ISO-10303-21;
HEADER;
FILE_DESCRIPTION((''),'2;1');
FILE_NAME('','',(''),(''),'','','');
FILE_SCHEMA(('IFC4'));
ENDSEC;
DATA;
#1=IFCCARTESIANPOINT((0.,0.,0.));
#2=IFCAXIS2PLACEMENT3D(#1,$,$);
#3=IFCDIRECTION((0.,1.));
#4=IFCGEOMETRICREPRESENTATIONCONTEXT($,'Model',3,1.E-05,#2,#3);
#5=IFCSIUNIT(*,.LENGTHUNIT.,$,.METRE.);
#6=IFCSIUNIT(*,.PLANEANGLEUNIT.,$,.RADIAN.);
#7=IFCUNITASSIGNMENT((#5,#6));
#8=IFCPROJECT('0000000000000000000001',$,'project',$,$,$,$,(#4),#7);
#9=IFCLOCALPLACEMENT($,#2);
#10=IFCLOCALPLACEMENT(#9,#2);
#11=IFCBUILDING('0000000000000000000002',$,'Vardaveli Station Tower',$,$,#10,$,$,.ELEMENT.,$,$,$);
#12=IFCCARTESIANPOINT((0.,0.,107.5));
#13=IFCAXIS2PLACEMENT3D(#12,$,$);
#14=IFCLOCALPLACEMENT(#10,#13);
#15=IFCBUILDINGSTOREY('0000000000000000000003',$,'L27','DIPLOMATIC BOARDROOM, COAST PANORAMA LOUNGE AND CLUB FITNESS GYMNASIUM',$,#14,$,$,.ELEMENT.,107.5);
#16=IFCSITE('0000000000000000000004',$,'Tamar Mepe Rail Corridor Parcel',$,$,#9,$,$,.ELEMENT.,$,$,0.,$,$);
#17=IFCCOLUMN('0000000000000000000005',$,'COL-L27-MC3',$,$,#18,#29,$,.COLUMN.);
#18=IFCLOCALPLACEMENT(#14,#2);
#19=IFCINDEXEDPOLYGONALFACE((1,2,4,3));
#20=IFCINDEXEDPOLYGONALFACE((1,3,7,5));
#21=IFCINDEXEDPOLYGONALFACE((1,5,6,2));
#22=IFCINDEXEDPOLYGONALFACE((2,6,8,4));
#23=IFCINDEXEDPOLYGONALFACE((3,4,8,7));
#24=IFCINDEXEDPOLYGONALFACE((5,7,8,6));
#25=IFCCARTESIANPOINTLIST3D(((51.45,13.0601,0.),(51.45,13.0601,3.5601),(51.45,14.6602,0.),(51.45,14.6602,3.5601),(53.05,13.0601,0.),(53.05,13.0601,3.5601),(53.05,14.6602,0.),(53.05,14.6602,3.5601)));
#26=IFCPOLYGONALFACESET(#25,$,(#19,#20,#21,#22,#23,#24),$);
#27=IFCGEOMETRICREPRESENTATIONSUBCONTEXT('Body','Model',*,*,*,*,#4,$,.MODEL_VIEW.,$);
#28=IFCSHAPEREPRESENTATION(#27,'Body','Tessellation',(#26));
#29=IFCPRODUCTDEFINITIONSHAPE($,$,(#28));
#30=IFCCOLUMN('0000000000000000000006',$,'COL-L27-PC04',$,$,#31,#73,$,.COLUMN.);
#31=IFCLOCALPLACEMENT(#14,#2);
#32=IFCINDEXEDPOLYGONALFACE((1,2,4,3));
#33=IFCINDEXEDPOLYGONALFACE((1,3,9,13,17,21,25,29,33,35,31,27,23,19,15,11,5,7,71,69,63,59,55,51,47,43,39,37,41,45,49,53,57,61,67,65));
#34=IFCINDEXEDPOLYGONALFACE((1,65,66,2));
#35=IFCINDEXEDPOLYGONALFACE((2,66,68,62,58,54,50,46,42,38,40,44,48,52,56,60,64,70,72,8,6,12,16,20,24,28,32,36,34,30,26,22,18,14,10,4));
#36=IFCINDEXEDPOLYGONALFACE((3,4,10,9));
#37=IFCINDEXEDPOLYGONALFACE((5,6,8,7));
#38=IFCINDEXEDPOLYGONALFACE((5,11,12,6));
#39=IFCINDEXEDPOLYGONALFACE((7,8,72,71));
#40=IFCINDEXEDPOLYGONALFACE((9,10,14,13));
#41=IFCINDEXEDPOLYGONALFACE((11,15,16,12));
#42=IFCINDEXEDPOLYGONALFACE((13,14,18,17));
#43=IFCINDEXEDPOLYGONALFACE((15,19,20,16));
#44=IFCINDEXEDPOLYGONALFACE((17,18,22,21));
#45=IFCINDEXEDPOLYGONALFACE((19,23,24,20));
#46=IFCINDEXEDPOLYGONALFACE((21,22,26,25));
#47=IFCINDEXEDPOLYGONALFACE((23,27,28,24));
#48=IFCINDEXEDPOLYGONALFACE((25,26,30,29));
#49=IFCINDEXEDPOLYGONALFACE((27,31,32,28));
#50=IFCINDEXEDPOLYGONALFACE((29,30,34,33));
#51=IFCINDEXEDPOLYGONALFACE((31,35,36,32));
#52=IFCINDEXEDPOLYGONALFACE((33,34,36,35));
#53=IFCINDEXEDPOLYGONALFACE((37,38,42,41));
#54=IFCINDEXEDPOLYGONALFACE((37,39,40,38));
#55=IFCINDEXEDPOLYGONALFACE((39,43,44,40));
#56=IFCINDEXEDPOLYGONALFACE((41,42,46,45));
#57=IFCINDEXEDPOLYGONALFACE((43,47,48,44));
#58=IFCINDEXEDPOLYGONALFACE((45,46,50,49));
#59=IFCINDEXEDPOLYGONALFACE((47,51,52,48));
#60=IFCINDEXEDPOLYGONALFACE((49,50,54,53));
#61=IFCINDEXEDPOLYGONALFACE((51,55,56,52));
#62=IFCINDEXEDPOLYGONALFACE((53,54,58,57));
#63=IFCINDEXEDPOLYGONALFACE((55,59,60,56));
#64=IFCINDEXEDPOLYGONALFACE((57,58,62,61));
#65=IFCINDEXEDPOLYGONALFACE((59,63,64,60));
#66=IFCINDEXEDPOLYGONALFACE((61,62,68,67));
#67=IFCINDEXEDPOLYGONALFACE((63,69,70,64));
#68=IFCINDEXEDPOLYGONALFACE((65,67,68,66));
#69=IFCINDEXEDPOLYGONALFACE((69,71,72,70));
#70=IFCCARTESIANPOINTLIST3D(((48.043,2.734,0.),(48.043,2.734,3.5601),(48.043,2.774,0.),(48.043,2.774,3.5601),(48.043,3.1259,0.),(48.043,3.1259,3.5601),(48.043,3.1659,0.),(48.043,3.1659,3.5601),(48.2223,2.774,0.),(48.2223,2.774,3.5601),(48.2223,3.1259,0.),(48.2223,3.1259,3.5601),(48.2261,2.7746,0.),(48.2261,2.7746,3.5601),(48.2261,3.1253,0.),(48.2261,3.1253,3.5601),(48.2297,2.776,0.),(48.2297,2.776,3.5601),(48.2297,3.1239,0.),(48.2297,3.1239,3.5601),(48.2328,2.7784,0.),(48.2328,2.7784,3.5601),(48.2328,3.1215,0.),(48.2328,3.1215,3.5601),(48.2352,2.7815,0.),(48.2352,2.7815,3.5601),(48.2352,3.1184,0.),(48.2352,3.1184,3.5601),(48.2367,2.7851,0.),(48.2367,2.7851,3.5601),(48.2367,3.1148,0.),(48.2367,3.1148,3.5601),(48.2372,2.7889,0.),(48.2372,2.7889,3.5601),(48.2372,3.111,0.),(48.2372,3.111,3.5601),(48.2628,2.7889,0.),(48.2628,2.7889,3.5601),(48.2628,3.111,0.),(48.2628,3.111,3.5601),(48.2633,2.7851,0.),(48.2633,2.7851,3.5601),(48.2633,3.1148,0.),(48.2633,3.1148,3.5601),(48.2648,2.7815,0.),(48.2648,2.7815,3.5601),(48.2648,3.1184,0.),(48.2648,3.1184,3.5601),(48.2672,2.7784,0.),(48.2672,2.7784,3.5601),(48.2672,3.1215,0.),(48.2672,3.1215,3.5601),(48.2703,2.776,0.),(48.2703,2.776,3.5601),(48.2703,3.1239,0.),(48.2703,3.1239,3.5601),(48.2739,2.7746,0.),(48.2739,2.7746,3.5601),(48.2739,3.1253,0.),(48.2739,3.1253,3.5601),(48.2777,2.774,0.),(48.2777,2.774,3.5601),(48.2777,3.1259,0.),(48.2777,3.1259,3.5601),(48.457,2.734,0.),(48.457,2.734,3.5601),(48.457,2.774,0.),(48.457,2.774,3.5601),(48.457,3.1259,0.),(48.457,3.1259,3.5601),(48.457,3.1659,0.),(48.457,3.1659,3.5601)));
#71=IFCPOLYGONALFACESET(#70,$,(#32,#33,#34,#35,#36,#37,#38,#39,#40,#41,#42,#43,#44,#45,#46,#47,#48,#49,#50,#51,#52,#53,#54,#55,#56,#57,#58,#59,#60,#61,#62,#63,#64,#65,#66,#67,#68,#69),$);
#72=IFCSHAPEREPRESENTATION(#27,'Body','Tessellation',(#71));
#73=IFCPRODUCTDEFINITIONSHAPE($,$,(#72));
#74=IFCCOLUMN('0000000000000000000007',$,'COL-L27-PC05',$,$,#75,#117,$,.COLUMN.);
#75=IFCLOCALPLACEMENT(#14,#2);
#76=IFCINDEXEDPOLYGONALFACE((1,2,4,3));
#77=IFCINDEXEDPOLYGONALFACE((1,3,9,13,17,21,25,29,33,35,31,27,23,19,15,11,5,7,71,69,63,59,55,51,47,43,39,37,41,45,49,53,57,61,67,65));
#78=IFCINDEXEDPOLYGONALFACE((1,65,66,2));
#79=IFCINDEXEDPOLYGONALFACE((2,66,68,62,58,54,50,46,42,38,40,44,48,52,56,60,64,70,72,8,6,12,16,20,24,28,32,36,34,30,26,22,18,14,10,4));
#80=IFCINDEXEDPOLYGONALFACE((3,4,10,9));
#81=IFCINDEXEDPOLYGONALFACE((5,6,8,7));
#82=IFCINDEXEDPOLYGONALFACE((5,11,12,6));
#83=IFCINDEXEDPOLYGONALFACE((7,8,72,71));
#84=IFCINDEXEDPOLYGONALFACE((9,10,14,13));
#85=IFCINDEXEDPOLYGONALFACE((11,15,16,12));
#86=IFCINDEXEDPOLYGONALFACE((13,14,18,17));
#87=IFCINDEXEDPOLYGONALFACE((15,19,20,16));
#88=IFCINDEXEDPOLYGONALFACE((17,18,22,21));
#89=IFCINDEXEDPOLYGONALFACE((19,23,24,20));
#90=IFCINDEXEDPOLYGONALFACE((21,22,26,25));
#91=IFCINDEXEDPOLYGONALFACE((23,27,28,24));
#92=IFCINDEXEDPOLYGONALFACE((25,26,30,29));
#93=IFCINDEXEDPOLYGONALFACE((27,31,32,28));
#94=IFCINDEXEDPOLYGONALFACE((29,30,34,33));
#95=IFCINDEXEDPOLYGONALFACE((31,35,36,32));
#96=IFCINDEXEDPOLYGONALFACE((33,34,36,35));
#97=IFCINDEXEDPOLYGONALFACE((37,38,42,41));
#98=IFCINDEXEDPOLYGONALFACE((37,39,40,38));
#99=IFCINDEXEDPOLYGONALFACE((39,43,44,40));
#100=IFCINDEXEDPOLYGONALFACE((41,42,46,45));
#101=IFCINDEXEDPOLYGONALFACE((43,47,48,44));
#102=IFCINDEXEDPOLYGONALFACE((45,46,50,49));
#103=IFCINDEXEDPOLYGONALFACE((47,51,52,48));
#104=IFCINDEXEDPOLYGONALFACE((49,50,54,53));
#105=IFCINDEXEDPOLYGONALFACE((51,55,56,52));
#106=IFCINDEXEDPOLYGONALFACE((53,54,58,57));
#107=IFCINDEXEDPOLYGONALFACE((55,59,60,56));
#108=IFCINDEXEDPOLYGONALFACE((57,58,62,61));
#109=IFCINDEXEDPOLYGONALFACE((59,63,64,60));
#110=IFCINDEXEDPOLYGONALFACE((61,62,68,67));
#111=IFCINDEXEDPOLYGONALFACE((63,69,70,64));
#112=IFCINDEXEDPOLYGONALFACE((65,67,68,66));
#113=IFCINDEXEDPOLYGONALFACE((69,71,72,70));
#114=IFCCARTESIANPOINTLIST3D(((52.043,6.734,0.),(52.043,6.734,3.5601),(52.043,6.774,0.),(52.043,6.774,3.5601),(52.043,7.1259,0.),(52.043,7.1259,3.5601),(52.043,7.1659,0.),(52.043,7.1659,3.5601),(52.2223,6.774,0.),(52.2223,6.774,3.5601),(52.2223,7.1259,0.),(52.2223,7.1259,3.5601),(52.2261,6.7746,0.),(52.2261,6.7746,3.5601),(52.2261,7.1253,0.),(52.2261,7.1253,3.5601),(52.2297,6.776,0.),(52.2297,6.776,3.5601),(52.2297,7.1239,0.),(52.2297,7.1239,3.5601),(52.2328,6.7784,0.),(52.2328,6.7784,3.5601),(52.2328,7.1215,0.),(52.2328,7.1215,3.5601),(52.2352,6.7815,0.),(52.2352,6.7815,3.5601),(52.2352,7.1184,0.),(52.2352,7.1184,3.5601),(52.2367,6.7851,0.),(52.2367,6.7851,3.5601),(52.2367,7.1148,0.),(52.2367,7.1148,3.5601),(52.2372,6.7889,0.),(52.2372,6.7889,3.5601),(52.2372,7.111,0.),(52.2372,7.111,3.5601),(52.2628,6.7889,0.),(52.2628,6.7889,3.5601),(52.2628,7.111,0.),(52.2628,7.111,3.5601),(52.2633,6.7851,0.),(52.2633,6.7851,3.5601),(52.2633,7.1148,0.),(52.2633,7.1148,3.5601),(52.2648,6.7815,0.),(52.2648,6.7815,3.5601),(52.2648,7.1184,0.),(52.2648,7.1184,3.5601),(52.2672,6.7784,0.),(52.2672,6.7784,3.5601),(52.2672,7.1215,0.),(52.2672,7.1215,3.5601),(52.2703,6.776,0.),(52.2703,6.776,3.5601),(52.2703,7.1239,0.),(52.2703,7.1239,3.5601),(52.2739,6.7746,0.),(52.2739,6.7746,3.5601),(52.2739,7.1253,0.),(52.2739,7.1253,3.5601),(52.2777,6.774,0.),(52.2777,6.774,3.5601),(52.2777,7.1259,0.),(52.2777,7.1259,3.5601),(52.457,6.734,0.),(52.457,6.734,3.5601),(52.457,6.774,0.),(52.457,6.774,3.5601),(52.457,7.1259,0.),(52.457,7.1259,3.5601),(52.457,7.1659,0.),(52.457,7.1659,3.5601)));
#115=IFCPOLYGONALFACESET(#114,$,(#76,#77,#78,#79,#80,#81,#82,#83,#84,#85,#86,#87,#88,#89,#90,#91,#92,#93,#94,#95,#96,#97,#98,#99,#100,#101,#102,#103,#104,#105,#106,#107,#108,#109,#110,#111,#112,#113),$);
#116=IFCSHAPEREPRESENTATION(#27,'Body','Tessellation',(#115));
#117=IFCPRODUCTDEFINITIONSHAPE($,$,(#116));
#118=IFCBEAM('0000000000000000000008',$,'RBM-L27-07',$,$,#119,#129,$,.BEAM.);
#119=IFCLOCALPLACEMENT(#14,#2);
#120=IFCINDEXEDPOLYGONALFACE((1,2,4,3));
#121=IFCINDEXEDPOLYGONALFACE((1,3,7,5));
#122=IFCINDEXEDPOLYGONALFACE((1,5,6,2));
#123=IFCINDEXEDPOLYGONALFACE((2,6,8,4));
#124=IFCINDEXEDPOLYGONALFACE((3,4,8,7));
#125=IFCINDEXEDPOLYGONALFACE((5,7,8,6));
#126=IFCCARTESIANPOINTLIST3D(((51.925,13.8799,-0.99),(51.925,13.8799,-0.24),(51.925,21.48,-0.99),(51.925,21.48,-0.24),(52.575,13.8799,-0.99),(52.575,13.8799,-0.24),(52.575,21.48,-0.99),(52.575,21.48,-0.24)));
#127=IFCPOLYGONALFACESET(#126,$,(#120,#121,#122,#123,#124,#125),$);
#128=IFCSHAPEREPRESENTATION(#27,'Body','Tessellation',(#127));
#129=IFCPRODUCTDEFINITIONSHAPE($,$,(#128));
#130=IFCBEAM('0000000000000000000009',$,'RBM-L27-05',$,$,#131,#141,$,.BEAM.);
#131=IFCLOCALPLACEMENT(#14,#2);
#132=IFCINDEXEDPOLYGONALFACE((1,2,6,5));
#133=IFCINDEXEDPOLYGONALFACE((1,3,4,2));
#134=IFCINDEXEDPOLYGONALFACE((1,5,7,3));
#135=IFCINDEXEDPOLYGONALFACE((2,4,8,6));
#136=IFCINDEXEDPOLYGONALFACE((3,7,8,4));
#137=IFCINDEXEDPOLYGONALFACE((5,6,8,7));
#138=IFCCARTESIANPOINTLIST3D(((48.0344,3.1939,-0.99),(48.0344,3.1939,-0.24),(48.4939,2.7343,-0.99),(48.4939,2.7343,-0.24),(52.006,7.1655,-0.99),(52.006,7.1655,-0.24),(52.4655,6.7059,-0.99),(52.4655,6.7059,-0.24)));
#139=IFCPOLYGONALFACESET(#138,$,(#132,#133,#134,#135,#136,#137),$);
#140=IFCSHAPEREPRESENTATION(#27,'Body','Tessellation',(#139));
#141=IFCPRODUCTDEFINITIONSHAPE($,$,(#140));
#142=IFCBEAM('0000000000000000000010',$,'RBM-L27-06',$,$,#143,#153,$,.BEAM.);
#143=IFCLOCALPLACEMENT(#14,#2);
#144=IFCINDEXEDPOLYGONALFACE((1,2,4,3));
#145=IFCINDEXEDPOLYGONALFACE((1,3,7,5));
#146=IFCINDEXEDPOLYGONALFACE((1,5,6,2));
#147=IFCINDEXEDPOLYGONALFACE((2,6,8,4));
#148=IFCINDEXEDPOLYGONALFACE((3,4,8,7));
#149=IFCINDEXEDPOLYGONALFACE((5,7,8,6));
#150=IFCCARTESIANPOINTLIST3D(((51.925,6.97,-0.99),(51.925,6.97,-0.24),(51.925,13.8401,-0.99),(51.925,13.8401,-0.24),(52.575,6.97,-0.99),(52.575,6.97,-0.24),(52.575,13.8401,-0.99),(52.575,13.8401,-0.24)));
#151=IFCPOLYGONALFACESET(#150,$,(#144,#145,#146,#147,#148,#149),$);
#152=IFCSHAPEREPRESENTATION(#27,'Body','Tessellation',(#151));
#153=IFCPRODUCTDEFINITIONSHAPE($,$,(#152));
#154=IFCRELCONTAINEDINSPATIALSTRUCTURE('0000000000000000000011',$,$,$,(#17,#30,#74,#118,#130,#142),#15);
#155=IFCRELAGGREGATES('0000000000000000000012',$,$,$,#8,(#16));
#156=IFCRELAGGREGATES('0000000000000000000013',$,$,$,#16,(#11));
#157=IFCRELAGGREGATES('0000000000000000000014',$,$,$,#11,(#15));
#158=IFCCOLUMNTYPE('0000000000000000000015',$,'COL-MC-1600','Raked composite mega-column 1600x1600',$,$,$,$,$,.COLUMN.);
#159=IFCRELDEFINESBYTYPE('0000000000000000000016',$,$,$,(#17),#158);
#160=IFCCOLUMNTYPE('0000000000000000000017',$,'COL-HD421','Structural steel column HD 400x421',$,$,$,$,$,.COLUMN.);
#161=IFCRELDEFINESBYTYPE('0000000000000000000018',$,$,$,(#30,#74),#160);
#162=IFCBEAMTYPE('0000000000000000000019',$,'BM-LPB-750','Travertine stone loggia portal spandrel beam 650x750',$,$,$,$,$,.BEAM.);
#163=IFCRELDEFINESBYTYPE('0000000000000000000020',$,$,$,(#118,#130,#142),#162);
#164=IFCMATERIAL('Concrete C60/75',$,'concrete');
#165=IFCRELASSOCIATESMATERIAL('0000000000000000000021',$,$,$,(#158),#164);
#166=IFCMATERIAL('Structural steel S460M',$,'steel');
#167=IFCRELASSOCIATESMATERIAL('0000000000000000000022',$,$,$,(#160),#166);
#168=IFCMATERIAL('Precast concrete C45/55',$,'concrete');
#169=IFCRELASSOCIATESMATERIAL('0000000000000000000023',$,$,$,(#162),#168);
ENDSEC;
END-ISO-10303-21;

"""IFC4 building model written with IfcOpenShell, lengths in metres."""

from ifc_helpers import new_model, si_unit, direction, frame, origin, origin_2d, place, context, subcontext, project, spatial, rectangle, i_section, extrude, source, transform, mapped, material, material_profile, profile_set, type_object, element, save


model = new_model("IFC4")

# Units and contexts
model_context = context("Model", 3, precision=1e-05, world=origin(), true_north=direction((0.0, 1.0)))
body_context = subcontext(model_context, "Body", "Model", "MODEL_VIEW")
ifc_project = project(units=[si_unit("LENGTHUNIT", "METRE"), si_unit("PLANEANGLEUNIT", "RADIAN")], contexts=[model_context])

# Site, building, storey
site_placement = place(None, origin())
site = spatial("IfcSite", under=ifc_project, at=site_placement, Name="Tamar Mepe Rail Corridor Parcel", CompositionType="ELEMENT", RefElevation=0.0)
building_placement = place(site_placement, origin())
building = spatial("IfcBuilding", under=site, at=building_placement, Name="Vardaveli Station Tower", CompositionType="ELEMENT")
storey_placement = place(building_placement, frame((0.0, 0.0, 107.5)))
storey = spatial("IfcBuildingStorey", under=building, at=storey_placement, Name="L27", Description="DIPLOMATIC BOARDROOM, COAST PANORAMA LOUNGE AND CLUB FITNESS GYMNASIUM", CompositionType="ELEMENT", Elevation=107.5)

# Columns
ifc_material_1 = material(Name="Concrete C60/75", Category="concrete")
ifc_material_profile_1 = material_profile(ifc_material_1, rectangle(XDim=1.6001, YDim=1.6001, at=origin_2d()), Name="MC 1600x1600")
ifc_profile_set_1 = profile_set([ifc_material_profile_1], Name="Concrete C60/75")
column_type_1 = type_object("IfcColumnType", Name="COL-MC-1600", Description="Raked composite mega-column 1600x1600", PredefinedType="COLUMN", material=ifc_profile_set_1)
shared_shape_1 = source(origin(), body_context, "Body", "SweptSolid", [
    extrude(rectangle(XDim=1.6001, YDim=1.6001, at=origin_2d()), origin(), (0.0, 0.0, 1.0), 3.5601),
])
column_placement = place(storey_placement, frame((52.25, 13.8601, 0.0), z_axis=(0.0, 0.0, 1.0), x_axis=(1.0, 0.0, 0.0)))
element("IfcColumn", 1, at=column_placement, inside=storey, type_object=column_type_1, Name="COL-L27-MC3", PredefinedType="COLUMN", context=body_context, shape_type="MappedRepresentation", body=[
    mapped(shared_shape_1, transform((0.0, 0.0, 0.0), scale=1.0)),
])
ifc_material_2 = material(Name="Structural steel S460M", Category="steel")
ifc_material_profile_2 = material_profile(ifc_material_2, i_section(OverallWidth=0.4141, OverallDepth=0.4319, WebThickness=0.0256, FlangeThickness=0.04, FilletRadius=0.0149, at=origin_2d()), Name="HD 400x421")
ifc_profile_set_2 = profile_set([ifc_material_profile_2], Name="Structural steel S460M")
column_type_2 = type_object("IfcColumnType", Name="COL-HD421", Description="Structural steel column HD 400x421", PredefinedType="COLUMN", material=ifc_profile_set_2)
shared_shape_2 = source(origin(), body_context, "Body", "SweptSolid", [
    extrude(i_section(OverallWidth=0.4141, OverallDepth=0.4319, WebThickness=0.0256, FlangeThickness=0.04, FilletRadius=0.0149, at=origin_2d()), origin(), (0.0, 0.0, 1.0), 3.5601),
])
for number, where, z_axis, x_axis, name in (
    (2, (48.25, 2.95, 0.0), (0.0, 0.0, 1.0), (1.0, 0.0, 0.0), "COL-L27-PC04"),
    (3, (52.25, 6.95, 0.0), (0.0, 0.0, 1.0), (1.0, 0.0, 0.0), "COL-L27-PC05"),
):
    element("IfcColumn", number, at=place(storey_placement, frame(where, z_axis=z_axis, x_axis=x_axis)), inside=storey, type_object=column_type_2, Name=name, PredefinedType="COLUMN", context=body_context, shape_type="MappedRepresentation", body=[
        mapped(shared_shape_2, transform((0.0, 0.0, 0.0), scale=1.0)),
    ])

# Beams
ifc_material_3 = material(Name="Precast concrete C45/55", Category="concrete")
ifc_material_profile_3 = material_profile(ifc_material_3, rectangle(XDim=0.6499, YDim=0.75, at=origin_2d()), Name="LPB 650x750")
ifc_profile_set_3 = profile_set([ifc_material_profile_3], Name="Precast concrete C45/55")
beam_type_1 = type_object("IfcBeamType", Name="BM-LPB-750", Description="Travertine stone loggia portal spandrel beam 650x750", PredefinedType="BEAM", material=ifc_profile_set_3)
shared_shape_3 = source(origin(), body_context, "Body", "SweptSolid", [
    extrude(rectangle(XDim=0.6499, YDim=0.75, at=origin_2d()), origin(), (0.0, 0.0, 1.0), 7.6001),
])
beam_1_placement = place(storey_placement, frame((52.25, 13.8799, -0.615), z_axis=(0.0, 1.0, 0.0), x_axis=(-1.0, 0.0, 0.0)))
element("IfcBeam", 4, at=beam_1_placement, inside=storey, type_object=beam_type_1, Name="RBM-L27-07", PredefinedType="BEAM", context=body_context, shape_type="MappedRepresentation", body=[
    mapped(shared_shape_3, transform((0.0, 0.0, 0.0), scale=1.0)),
])
shared_shape_4 = source(origin(), body_context, "Body", "SweptSolid", [
    extrude(rectangle(XDim=0.6499, YDim=0.75, at=origin_2d()), origin(), (0.0, 0.0, 1.0), 5.6167),
])
beam_2_placement = place(storey_placement, frame((48.2642, 2.9641, -0.615), z_axis=(0.707107, 0.707107, 0.0), x_axis=(-0.707107, 0.707107, 0.0)))
element("IfcBeam", 5, at=beam_2_placement, inside=storey, type_object=beam_type_1, Name="RBM-L27-05", PredefinedType="BEAM", context=body_context, shape_type="MappedRepresentation", body=[
    mapped(shared_shape_4, transform((0.0, 0.0, 0.0), scale=1.0)),
])
shared_shape_5 = source(origin(), body_context, "Body", "SweptSolid", [
    extrude(rectangle(XDim=0.6499, YDim=0.75, at=origin_2d()), origin(), (0.0, 0.0, 1.0), 6.8701),
])
beam_3_placement = place(storey_placement, frame((52.25, 6.97, -0.615), z_axis=(0.0, 1.0, 0.0), x_axis=(-1.0, 0.0, 0.0)))
element("IfcBeam", 6, at=beam_3_placement, inside=storey, type_object=beam_type_1, Name="RBM-L27-06", PredefinedType="BEAM", context=body_context, shape_type="MappedRepresentation", body=[
    mapped(shared_shape_5, transform((0.0, 0.0, 0.0), scale=1.0)),
])

save(model, "model.ifc")
